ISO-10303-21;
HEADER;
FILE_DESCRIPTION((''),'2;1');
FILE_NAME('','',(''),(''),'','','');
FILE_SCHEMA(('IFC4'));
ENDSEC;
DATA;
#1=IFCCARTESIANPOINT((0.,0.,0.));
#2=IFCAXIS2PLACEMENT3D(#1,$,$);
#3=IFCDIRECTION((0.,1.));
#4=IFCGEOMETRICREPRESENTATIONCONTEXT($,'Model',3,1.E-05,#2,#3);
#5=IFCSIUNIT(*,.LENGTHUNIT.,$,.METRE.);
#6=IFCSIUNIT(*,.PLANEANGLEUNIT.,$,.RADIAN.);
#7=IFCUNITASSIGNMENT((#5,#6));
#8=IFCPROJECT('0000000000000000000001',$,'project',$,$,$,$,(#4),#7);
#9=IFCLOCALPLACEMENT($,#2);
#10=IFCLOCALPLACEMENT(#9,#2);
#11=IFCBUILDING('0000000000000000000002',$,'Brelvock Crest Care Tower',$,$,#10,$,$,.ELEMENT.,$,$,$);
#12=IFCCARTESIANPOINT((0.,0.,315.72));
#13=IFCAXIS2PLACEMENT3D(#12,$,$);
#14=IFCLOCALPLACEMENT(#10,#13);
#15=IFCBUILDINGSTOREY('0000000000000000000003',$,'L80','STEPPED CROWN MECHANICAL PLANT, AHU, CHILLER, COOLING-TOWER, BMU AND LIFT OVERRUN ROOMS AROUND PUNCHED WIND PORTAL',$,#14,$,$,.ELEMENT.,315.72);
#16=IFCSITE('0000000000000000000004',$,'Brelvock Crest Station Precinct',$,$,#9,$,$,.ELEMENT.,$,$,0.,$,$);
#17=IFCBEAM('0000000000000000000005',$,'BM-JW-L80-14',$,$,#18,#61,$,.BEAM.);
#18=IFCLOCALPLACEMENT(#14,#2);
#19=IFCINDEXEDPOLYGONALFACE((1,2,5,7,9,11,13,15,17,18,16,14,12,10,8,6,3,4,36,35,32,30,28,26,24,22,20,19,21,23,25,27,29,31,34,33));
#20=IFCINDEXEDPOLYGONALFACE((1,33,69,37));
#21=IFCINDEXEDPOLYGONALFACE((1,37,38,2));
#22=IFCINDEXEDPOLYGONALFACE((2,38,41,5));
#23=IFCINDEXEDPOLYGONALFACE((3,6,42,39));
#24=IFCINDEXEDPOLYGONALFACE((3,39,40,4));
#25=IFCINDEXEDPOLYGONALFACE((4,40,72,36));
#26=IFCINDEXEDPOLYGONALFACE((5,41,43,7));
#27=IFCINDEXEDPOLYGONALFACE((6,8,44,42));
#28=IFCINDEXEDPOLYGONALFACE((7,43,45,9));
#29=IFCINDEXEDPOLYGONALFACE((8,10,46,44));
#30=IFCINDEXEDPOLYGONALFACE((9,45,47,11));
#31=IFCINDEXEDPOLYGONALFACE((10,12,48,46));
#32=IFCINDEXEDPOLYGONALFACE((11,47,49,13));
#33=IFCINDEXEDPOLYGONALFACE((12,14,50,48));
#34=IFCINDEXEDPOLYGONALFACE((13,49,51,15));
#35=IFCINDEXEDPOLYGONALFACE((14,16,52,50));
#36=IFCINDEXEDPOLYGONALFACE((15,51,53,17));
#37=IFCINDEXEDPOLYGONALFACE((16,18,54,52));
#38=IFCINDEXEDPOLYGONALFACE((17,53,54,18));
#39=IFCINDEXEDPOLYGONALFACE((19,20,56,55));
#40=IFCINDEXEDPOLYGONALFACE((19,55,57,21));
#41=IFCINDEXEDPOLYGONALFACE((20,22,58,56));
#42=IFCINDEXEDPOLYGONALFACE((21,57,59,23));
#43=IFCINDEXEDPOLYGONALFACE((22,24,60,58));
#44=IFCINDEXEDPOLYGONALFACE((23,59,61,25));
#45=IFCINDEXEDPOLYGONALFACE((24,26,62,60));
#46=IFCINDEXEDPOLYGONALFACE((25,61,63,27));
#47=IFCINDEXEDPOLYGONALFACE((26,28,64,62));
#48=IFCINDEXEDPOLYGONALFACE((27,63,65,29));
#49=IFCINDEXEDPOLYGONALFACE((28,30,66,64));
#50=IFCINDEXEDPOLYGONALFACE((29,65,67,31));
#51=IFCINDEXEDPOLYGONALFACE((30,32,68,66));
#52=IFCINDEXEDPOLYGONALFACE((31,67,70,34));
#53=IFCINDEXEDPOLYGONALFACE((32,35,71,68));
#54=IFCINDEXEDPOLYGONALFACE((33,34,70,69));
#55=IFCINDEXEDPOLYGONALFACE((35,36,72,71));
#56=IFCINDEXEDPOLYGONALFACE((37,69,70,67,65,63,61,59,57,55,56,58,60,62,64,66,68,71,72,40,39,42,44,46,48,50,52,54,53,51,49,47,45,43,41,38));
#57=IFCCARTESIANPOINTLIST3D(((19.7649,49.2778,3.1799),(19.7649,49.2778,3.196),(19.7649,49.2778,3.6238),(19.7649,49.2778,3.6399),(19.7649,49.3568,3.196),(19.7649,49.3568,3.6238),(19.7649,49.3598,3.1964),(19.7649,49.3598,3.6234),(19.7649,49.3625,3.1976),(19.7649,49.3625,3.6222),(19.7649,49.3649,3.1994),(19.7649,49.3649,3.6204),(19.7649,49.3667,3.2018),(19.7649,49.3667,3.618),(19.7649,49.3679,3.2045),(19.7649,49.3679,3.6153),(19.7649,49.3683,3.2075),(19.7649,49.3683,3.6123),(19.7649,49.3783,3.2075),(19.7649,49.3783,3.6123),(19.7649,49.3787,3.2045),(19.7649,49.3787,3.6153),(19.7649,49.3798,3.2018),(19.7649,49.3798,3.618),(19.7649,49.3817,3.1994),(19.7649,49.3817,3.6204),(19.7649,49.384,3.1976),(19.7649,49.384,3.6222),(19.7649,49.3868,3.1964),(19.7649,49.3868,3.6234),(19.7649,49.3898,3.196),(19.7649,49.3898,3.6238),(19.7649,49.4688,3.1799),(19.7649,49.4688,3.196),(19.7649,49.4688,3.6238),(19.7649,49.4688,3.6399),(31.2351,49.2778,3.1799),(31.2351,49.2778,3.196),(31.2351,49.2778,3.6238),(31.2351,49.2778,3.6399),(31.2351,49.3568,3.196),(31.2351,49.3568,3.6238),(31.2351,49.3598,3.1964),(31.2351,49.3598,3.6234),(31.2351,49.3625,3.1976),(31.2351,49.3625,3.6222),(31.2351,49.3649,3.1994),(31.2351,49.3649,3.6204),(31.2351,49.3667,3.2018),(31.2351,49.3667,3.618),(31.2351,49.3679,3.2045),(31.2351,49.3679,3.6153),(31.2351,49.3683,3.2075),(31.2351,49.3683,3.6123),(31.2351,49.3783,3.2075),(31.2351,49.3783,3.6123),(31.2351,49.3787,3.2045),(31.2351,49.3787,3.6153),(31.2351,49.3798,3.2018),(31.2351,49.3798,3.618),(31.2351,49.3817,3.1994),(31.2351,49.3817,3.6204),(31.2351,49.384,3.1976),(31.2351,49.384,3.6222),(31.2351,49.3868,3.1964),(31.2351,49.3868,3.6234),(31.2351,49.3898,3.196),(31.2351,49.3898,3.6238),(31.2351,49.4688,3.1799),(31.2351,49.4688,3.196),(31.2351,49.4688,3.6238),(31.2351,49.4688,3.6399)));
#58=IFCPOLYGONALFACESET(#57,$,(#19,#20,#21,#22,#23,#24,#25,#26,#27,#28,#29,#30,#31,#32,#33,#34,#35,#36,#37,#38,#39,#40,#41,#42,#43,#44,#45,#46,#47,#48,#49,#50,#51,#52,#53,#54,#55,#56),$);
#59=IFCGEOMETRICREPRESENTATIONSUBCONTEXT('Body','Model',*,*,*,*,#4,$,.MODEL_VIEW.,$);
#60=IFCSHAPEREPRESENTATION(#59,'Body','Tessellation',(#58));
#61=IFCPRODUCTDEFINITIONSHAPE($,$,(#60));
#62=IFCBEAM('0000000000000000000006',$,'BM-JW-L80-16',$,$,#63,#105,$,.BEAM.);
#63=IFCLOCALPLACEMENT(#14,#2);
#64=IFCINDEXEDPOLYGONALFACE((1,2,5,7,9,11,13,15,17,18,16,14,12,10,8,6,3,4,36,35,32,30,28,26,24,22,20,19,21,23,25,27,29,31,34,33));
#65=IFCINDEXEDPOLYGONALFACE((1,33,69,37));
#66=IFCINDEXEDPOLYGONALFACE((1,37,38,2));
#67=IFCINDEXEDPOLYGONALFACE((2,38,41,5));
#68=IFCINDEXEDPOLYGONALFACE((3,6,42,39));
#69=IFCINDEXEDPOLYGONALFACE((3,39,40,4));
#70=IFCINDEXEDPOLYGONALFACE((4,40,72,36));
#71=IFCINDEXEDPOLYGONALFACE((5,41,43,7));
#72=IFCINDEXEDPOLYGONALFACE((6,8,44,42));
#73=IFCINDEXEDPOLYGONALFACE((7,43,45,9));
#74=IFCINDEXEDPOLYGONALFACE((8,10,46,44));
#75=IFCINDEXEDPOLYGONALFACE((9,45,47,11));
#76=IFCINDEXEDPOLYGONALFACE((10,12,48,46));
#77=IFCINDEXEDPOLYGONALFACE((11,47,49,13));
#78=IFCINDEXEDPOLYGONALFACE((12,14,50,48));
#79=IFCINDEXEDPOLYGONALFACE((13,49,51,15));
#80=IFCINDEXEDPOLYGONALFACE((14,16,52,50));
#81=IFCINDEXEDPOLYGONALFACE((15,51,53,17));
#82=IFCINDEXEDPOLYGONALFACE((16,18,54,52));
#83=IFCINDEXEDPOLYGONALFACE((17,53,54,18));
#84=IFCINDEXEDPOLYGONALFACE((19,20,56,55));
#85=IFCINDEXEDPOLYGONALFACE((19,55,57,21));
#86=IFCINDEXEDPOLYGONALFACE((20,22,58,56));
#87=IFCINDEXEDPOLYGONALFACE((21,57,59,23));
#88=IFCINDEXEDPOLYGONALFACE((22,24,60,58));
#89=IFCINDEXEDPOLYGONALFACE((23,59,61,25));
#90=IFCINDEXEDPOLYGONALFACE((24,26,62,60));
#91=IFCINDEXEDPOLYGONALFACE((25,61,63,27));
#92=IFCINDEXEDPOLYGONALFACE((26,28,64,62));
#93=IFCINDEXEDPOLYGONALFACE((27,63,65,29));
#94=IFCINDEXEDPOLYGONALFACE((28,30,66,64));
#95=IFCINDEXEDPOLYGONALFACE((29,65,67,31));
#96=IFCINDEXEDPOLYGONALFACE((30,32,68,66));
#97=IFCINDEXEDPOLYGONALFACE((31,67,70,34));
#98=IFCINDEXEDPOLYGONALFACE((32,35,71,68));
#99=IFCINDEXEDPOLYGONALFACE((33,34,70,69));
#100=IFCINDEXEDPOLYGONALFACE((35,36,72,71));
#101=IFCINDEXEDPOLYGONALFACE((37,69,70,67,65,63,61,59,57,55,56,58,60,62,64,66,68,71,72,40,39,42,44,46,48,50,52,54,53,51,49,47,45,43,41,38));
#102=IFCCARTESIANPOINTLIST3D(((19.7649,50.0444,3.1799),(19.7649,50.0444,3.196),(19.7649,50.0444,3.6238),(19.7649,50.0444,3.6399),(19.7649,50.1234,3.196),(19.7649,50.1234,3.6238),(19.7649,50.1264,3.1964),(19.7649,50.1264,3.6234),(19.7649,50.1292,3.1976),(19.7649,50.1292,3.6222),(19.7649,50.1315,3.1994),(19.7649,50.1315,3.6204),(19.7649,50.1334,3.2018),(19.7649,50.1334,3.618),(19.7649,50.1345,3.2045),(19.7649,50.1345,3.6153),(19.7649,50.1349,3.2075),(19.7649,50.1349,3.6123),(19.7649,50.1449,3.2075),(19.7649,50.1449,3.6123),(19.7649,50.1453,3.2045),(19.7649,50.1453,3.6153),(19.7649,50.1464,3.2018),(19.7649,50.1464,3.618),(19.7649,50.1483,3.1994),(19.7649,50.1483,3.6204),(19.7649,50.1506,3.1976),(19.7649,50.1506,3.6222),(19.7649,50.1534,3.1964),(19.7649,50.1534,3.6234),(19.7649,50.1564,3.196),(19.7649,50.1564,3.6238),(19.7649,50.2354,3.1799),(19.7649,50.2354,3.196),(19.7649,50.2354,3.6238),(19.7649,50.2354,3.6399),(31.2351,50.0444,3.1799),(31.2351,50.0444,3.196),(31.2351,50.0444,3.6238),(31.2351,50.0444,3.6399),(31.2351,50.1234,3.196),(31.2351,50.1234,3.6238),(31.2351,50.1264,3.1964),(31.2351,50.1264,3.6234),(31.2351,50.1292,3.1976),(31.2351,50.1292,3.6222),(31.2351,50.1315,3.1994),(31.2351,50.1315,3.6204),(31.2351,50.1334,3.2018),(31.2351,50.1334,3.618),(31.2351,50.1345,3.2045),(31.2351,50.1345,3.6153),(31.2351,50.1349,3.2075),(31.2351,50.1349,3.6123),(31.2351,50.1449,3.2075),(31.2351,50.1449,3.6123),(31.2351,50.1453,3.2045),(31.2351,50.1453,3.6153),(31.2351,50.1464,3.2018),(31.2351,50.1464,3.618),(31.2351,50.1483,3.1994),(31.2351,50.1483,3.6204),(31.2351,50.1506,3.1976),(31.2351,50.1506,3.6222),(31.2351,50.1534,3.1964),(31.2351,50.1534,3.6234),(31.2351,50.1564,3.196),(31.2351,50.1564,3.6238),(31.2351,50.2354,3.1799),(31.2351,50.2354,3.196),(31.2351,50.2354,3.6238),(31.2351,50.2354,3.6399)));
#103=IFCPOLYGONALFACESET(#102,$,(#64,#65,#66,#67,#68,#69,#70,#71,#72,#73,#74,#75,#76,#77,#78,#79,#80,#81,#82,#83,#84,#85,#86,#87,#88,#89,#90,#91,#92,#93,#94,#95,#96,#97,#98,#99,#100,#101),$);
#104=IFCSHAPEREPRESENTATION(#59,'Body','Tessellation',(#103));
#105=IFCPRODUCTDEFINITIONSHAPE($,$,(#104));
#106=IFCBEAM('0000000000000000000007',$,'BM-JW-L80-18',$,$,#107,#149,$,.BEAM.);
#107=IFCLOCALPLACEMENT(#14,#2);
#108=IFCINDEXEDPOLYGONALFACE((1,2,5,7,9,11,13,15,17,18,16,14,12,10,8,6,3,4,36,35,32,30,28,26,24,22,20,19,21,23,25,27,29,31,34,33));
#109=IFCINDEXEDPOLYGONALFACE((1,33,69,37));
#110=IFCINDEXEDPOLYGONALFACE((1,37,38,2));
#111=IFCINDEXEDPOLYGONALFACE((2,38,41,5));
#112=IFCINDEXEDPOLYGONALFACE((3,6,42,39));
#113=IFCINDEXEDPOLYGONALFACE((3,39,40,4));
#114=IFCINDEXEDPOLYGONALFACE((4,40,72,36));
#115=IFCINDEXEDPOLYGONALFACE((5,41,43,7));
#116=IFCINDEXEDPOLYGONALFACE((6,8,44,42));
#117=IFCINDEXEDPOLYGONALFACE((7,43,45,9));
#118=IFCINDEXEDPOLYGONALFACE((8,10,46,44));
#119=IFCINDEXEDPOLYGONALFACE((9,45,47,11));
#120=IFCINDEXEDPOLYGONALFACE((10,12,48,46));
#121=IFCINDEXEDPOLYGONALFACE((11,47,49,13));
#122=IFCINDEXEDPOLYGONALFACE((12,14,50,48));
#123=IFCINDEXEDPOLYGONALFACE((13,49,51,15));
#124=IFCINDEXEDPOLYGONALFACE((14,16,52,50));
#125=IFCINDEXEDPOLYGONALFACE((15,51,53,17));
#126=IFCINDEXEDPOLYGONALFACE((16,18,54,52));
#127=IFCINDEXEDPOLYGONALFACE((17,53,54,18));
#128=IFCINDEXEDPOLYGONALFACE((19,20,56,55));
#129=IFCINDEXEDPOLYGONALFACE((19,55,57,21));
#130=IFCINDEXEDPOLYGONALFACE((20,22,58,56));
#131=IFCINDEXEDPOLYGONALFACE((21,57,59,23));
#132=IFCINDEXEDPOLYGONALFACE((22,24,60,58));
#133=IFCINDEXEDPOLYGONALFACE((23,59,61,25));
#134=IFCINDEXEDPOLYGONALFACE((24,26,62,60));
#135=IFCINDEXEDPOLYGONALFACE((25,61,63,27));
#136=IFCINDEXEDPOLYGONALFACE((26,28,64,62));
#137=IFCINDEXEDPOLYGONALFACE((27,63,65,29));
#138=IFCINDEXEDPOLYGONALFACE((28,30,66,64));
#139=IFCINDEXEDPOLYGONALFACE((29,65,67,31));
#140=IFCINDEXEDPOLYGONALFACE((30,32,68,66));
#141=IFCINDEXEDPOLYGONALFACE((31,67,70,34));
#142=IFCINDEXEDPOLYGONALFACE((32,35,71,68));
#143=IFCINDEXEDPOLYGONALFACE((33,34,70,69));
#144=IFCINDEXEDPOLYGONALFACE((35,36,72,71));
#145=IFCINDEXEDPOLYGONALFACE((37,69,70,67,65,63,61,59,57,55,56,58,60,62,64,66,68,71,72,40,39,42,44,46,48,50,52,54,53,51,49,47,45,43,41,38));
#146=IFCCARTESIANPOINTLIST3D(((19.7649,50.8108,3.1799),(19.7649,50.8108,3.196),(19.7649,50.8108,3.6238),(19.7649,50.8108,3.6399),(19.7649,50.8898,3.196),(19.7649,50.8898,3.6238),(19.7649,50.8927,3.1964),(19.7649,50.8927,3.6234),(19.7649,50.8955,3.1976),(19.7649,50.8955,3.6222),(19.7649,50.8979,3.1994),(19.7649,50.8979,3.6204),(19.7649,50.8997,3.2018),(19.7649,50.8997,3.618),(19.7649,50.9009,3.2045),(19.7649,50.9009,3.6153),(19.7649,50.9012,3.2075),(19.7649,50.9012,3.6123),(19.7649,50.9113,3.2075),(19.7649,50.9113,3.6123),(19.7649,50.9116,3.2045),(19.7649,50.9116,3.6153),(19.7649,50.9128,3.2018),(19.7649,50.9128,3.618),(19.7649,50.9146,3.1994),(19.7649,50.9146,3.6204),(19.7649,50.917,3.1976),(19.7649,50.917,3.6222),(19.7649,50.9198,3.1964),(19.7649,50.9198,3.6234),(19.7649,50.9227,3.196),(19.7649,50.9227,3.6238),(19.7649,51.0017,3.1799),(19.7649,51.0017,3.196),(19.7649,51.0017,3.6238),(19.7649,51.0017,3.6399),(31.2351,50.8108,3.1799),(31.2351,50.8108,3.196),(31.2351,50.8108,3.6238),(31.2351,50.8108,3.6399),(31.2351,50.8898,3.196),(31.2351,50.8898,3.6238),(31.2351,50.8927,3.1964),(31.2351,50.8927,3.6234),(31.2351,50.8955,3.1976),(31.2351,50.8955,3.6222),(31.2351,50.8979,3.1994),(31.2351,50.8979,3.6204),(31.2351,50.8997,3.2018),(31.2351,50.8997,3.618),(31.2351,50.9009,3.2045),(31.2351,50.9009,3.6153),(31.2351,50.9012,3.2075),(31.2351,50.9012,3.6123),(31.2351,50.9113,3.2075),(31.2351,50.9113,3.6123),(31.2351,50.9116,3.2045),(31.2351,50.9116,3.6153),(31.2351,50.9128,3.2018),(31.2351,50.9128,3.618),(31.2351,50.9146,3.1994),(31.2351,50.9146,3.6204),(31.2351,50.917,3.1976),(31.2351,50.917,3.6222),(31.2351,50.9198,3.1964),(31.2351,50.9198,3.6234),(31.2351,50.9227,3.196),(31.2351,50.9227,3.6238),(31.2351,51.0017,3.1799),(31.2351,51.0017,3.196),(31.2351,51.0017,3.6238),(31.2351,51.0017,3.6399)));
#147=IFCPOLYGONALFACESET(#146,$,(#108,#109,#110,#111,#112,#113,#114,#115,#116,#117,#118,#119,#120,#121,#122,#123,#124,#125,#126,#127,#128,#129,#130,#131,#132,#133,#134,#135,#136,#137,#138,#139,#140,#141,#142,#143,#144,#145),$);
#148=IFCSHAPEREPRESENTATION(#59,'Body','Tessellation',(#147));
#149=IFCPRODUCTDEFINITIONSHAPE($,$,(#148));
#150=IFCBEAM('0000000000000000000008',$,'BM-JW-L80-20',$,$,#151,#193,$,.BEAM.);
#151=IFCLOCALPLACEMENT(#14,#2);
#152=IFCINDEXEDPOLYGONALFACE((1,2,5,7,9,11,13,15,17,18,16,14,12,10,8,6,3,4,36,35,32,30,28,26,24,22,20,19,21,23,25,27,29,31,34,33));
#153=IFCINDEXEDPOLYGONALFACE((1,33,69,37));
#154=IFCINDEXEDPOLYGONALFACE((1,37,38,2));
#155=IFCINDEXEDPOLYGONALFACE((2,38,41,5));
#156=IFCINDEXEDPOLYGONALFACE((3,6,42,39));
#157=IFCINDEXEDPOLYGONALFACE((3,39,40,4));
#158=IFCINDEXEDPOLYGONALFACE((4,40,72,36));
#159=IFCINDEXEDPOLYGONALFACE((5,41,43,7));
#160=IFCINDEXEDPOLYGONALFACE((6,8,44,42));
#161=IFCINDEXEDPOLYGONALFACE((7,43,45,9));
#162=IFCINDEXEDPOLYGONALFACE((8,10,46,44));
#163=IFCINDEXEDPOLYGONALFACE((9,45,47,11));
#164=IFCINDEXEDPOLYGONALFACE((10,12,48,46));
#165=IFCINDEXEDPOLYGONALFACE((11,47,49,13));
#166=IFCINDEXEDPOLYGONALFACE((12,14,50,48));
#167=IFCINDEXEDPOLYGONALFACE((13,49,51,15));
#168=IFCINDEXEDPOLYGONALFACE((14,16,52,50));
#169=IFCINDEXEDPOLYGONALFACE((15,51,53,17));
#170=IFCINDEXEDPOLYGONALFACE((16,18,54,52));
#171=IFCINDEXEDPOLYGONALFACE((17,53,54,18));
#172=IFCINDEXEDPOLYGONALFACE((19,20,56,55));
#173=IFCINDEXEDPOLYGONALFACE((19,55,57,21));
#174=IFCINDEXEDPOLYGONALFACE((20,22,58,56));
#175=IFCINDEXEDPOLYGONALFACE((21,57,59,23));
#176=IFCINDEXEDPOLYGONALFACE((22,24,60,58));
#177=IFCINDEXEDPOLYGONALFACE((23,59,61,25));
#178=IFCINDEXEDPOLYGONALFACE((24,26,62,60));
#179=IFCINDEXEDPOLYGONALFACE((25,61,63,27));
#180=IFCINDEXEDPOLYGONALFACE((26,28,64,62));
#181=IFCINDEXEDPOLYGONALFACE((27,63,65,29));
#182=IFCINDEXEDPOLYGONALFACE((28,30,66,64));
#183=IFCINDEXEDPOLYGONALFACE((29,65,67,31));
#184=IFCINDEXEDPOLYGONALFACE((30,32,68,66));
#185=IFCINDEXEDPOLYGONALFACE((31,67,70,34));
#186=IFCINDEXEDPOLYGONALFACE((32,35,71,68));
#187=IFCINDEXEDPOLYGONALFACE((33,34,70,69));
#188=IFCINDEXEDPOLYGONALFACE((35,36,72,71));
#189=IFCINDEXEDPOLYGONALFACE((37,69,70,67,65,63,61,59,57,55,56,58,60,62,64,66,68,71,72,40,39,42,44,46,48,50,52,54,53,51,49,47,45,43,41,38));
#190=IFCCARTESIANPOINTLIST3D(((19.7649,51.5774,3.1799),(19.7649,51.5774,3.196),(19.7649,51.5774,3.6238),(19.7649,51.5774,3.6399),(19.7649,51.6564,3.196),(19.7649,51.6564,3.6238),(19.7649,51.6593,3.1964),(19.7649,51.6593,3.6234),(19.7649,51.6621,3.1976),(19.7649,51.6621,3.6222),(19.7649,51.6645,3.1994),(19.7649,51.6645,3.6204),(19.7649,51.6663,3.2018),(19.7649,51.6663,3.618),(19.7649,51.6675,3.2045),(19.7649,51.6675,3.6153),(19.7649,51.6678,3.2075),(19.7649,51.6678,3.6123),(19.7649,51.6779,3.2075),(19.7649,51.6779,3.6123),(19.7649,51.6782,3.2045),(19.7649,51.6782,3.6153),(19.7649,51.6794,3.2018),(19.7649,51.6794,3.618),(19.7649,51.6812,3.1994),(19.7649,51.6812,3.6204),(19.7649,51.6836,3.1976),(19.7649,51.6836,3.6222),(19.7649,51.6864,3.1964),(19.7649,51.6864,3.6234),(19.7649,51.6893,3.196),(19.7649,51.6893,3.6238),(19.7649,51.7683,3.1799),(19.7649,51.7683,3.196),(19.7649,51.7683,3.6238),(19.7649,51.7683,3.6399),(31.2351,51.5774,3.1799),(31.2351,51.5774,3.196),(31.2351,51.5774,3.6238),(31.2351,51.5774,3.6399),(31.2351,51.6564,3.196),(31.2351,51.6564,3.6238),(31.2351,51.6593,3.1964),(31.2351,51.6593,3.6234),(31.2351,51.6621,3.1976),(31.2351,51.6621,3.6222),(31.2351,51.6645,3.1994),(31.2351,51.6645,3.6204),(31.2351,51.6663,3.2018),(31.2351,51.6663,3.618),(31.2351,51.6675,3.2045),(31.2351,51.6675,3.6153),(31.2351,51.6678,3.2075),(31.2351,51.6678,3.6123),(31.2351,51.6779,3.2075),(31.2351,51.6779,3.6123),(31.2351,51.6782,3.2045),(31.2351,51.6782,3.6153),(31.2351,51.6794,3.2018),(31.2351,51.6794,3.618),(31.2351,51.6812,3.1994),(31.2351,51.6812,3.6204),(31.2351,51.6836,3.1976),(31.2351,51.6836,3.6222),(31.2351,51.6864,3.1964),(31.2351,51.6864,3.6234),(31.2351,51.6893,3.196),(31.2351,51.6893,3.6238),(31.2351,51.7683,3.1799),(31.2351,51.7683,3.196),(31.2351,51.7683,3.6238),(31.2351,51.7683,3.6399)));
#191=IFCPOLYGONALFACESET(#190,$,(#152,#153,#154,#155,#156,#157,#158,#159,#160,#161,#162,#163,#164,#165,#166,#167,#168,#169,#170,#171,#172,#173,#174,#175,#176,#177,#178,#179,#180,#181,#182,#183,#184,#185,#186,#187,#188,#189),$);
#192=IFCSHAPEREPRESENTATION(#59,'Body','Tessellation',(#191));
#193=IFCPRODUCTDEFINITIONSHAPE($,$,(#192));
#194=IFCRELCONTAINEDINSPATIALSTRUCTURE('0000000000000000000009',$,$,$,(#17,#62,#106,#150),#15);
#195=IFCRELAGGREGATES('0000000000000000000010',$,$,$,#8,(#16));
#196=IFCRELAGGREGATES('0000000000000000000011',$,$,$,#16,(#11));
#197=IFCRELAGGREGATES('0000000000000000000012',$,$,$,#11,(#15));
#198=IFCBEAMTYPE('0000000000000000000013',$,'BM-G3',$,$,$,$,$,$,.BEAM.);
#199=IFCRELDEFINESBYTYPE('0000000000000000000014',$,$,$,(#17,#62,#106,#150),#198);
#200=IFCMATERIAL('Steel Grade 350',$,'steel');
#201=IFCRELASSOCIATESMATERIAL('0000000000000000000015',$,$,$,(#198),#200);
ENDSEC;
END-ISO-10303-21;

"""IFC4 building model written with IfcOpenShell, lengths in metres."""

from ifc_helpers import new_model, si_unit, direction, frame, origin, origin_2d, place, context, subcontext, project, spatial, i_section, extrude, source, transform, mapped, material, material_profile, profile_set, type_object, element, save


model = new_model("IFC4")

# Units and contexts
model_context = context("Model", 3, precision=1e-05, world=origin(), true_north=direction((0.0, 1.0)))
body_context = subcontext(model_context, "Body", "Model", "MODEL_VIEW")
ifc_project = project(units=[si_unit("LENGTHUNIT", "METRE"), si_unit("PLANEANGLEUNIT", "RADIAN")], contexts=[model_context])

# Site, building, storey
site_placement = place(None, origin())
site = spatial("IfcSite", under=ifc_project, at=site_placement, Name="Brelvock Crest Station Precinct", CompositionType="ELEMENT", RefElevation=0.0)
building_placement = place(site_placement, origin())
building = spatial("IfcBuilding", under=site, at=building_placement, Name="Brelvock Crest Care Tower", CompositionType="ELEMENT")
storey_placement = place(building_placement, frame((0.0, 0.0, 315.72)))
storey = spatial("IfcBuildingStorey", under=building, at=storey_placement, Name="L80", Description="STEPPED CROWN MECHANICAL PLANT, AHU, CHILLER, COOLING-TOWER, BMU AND LIFT OVERRUN ROOMS AROUND PUNCHED WIND PORTAL", CompositionType="ELEMENT", Elevation=315.72)

# Shared definitions
ifc_material_1 = material(Name="Steel Grade 350", Category="steel")

# Beams
ifc_material_profile_1 = material_profile(ifc_material_1, i_section(OverallWidth=0.1909, OverallDepth=0.46, WebThickness=0.01, FlangeThickness=0.0161, FilletRadius=0.0115, at=origin_2d()), Name="460UB82.1")
ifc_profile_set_1 = profile_set([ifc_material_profile_1], Name="Steel Grade 350")
beam_type_1 = type_object("IfcBeamType", Name="BM-G3", PredefinedType="BEAM", material=ifc_profile_set_1)
shared_shape_1 = source(origin(), body_context, "Body", "SweptSolid", [
    extrude(i_section(OverallWidth=0.1909, OverallDepth=0.46, WebThickness=0.01, FlangeThickness=0.0161, FilletRadius=0.0115, at=origin_2d()), origin(), (0.0, 0.0, 1.0), 11.4702),
])
for number, where, z_axis, x_axis, name in (
    (1, (19.7649, 49.3733, 3.4099), (1.0, 0.0, 0.0), (0.0, 1.0, 0.0), "BM-JW-L80-14"),
    (2, (19.7649, 50.1399, 3.4099), (1.0, 0.0, 0.0), (0.0, 1.0, 0.0), "BM-JW-L80-16"),
    (3, (19.7649, 50.9062, 3.4099), (1.0, 0.0, 0.0), (0.0, 1.0, 0.0), "BM-JW-L80-18"),
    (4, (19.7649, 51.6729, 3.4099), (1.0, 0.0, 0.0), (0.0, 1.0, 0.0), "BM-JW-L80-20"),
):
    element("IfcBeam", number, at=place(storey_placement, frame(where, z_axis=z_axis, x_axis=x_axis)), inside=storey, type_object=beam_type_1, Name=name, PredefinedType="BEAM", context=body_context, shape_type="MappedRepresentation", body=[
        mapped(shared_shape_1, transform((0.0, 0.0, 0.0), x_axis=(1.0, 0.0, 0.0), y_axis=(0.0, 1.0, 0.0), z_axis=(0.0, 0.0, 1.0), scale=1.0)),
    ])

save(model, "model.ifc")
